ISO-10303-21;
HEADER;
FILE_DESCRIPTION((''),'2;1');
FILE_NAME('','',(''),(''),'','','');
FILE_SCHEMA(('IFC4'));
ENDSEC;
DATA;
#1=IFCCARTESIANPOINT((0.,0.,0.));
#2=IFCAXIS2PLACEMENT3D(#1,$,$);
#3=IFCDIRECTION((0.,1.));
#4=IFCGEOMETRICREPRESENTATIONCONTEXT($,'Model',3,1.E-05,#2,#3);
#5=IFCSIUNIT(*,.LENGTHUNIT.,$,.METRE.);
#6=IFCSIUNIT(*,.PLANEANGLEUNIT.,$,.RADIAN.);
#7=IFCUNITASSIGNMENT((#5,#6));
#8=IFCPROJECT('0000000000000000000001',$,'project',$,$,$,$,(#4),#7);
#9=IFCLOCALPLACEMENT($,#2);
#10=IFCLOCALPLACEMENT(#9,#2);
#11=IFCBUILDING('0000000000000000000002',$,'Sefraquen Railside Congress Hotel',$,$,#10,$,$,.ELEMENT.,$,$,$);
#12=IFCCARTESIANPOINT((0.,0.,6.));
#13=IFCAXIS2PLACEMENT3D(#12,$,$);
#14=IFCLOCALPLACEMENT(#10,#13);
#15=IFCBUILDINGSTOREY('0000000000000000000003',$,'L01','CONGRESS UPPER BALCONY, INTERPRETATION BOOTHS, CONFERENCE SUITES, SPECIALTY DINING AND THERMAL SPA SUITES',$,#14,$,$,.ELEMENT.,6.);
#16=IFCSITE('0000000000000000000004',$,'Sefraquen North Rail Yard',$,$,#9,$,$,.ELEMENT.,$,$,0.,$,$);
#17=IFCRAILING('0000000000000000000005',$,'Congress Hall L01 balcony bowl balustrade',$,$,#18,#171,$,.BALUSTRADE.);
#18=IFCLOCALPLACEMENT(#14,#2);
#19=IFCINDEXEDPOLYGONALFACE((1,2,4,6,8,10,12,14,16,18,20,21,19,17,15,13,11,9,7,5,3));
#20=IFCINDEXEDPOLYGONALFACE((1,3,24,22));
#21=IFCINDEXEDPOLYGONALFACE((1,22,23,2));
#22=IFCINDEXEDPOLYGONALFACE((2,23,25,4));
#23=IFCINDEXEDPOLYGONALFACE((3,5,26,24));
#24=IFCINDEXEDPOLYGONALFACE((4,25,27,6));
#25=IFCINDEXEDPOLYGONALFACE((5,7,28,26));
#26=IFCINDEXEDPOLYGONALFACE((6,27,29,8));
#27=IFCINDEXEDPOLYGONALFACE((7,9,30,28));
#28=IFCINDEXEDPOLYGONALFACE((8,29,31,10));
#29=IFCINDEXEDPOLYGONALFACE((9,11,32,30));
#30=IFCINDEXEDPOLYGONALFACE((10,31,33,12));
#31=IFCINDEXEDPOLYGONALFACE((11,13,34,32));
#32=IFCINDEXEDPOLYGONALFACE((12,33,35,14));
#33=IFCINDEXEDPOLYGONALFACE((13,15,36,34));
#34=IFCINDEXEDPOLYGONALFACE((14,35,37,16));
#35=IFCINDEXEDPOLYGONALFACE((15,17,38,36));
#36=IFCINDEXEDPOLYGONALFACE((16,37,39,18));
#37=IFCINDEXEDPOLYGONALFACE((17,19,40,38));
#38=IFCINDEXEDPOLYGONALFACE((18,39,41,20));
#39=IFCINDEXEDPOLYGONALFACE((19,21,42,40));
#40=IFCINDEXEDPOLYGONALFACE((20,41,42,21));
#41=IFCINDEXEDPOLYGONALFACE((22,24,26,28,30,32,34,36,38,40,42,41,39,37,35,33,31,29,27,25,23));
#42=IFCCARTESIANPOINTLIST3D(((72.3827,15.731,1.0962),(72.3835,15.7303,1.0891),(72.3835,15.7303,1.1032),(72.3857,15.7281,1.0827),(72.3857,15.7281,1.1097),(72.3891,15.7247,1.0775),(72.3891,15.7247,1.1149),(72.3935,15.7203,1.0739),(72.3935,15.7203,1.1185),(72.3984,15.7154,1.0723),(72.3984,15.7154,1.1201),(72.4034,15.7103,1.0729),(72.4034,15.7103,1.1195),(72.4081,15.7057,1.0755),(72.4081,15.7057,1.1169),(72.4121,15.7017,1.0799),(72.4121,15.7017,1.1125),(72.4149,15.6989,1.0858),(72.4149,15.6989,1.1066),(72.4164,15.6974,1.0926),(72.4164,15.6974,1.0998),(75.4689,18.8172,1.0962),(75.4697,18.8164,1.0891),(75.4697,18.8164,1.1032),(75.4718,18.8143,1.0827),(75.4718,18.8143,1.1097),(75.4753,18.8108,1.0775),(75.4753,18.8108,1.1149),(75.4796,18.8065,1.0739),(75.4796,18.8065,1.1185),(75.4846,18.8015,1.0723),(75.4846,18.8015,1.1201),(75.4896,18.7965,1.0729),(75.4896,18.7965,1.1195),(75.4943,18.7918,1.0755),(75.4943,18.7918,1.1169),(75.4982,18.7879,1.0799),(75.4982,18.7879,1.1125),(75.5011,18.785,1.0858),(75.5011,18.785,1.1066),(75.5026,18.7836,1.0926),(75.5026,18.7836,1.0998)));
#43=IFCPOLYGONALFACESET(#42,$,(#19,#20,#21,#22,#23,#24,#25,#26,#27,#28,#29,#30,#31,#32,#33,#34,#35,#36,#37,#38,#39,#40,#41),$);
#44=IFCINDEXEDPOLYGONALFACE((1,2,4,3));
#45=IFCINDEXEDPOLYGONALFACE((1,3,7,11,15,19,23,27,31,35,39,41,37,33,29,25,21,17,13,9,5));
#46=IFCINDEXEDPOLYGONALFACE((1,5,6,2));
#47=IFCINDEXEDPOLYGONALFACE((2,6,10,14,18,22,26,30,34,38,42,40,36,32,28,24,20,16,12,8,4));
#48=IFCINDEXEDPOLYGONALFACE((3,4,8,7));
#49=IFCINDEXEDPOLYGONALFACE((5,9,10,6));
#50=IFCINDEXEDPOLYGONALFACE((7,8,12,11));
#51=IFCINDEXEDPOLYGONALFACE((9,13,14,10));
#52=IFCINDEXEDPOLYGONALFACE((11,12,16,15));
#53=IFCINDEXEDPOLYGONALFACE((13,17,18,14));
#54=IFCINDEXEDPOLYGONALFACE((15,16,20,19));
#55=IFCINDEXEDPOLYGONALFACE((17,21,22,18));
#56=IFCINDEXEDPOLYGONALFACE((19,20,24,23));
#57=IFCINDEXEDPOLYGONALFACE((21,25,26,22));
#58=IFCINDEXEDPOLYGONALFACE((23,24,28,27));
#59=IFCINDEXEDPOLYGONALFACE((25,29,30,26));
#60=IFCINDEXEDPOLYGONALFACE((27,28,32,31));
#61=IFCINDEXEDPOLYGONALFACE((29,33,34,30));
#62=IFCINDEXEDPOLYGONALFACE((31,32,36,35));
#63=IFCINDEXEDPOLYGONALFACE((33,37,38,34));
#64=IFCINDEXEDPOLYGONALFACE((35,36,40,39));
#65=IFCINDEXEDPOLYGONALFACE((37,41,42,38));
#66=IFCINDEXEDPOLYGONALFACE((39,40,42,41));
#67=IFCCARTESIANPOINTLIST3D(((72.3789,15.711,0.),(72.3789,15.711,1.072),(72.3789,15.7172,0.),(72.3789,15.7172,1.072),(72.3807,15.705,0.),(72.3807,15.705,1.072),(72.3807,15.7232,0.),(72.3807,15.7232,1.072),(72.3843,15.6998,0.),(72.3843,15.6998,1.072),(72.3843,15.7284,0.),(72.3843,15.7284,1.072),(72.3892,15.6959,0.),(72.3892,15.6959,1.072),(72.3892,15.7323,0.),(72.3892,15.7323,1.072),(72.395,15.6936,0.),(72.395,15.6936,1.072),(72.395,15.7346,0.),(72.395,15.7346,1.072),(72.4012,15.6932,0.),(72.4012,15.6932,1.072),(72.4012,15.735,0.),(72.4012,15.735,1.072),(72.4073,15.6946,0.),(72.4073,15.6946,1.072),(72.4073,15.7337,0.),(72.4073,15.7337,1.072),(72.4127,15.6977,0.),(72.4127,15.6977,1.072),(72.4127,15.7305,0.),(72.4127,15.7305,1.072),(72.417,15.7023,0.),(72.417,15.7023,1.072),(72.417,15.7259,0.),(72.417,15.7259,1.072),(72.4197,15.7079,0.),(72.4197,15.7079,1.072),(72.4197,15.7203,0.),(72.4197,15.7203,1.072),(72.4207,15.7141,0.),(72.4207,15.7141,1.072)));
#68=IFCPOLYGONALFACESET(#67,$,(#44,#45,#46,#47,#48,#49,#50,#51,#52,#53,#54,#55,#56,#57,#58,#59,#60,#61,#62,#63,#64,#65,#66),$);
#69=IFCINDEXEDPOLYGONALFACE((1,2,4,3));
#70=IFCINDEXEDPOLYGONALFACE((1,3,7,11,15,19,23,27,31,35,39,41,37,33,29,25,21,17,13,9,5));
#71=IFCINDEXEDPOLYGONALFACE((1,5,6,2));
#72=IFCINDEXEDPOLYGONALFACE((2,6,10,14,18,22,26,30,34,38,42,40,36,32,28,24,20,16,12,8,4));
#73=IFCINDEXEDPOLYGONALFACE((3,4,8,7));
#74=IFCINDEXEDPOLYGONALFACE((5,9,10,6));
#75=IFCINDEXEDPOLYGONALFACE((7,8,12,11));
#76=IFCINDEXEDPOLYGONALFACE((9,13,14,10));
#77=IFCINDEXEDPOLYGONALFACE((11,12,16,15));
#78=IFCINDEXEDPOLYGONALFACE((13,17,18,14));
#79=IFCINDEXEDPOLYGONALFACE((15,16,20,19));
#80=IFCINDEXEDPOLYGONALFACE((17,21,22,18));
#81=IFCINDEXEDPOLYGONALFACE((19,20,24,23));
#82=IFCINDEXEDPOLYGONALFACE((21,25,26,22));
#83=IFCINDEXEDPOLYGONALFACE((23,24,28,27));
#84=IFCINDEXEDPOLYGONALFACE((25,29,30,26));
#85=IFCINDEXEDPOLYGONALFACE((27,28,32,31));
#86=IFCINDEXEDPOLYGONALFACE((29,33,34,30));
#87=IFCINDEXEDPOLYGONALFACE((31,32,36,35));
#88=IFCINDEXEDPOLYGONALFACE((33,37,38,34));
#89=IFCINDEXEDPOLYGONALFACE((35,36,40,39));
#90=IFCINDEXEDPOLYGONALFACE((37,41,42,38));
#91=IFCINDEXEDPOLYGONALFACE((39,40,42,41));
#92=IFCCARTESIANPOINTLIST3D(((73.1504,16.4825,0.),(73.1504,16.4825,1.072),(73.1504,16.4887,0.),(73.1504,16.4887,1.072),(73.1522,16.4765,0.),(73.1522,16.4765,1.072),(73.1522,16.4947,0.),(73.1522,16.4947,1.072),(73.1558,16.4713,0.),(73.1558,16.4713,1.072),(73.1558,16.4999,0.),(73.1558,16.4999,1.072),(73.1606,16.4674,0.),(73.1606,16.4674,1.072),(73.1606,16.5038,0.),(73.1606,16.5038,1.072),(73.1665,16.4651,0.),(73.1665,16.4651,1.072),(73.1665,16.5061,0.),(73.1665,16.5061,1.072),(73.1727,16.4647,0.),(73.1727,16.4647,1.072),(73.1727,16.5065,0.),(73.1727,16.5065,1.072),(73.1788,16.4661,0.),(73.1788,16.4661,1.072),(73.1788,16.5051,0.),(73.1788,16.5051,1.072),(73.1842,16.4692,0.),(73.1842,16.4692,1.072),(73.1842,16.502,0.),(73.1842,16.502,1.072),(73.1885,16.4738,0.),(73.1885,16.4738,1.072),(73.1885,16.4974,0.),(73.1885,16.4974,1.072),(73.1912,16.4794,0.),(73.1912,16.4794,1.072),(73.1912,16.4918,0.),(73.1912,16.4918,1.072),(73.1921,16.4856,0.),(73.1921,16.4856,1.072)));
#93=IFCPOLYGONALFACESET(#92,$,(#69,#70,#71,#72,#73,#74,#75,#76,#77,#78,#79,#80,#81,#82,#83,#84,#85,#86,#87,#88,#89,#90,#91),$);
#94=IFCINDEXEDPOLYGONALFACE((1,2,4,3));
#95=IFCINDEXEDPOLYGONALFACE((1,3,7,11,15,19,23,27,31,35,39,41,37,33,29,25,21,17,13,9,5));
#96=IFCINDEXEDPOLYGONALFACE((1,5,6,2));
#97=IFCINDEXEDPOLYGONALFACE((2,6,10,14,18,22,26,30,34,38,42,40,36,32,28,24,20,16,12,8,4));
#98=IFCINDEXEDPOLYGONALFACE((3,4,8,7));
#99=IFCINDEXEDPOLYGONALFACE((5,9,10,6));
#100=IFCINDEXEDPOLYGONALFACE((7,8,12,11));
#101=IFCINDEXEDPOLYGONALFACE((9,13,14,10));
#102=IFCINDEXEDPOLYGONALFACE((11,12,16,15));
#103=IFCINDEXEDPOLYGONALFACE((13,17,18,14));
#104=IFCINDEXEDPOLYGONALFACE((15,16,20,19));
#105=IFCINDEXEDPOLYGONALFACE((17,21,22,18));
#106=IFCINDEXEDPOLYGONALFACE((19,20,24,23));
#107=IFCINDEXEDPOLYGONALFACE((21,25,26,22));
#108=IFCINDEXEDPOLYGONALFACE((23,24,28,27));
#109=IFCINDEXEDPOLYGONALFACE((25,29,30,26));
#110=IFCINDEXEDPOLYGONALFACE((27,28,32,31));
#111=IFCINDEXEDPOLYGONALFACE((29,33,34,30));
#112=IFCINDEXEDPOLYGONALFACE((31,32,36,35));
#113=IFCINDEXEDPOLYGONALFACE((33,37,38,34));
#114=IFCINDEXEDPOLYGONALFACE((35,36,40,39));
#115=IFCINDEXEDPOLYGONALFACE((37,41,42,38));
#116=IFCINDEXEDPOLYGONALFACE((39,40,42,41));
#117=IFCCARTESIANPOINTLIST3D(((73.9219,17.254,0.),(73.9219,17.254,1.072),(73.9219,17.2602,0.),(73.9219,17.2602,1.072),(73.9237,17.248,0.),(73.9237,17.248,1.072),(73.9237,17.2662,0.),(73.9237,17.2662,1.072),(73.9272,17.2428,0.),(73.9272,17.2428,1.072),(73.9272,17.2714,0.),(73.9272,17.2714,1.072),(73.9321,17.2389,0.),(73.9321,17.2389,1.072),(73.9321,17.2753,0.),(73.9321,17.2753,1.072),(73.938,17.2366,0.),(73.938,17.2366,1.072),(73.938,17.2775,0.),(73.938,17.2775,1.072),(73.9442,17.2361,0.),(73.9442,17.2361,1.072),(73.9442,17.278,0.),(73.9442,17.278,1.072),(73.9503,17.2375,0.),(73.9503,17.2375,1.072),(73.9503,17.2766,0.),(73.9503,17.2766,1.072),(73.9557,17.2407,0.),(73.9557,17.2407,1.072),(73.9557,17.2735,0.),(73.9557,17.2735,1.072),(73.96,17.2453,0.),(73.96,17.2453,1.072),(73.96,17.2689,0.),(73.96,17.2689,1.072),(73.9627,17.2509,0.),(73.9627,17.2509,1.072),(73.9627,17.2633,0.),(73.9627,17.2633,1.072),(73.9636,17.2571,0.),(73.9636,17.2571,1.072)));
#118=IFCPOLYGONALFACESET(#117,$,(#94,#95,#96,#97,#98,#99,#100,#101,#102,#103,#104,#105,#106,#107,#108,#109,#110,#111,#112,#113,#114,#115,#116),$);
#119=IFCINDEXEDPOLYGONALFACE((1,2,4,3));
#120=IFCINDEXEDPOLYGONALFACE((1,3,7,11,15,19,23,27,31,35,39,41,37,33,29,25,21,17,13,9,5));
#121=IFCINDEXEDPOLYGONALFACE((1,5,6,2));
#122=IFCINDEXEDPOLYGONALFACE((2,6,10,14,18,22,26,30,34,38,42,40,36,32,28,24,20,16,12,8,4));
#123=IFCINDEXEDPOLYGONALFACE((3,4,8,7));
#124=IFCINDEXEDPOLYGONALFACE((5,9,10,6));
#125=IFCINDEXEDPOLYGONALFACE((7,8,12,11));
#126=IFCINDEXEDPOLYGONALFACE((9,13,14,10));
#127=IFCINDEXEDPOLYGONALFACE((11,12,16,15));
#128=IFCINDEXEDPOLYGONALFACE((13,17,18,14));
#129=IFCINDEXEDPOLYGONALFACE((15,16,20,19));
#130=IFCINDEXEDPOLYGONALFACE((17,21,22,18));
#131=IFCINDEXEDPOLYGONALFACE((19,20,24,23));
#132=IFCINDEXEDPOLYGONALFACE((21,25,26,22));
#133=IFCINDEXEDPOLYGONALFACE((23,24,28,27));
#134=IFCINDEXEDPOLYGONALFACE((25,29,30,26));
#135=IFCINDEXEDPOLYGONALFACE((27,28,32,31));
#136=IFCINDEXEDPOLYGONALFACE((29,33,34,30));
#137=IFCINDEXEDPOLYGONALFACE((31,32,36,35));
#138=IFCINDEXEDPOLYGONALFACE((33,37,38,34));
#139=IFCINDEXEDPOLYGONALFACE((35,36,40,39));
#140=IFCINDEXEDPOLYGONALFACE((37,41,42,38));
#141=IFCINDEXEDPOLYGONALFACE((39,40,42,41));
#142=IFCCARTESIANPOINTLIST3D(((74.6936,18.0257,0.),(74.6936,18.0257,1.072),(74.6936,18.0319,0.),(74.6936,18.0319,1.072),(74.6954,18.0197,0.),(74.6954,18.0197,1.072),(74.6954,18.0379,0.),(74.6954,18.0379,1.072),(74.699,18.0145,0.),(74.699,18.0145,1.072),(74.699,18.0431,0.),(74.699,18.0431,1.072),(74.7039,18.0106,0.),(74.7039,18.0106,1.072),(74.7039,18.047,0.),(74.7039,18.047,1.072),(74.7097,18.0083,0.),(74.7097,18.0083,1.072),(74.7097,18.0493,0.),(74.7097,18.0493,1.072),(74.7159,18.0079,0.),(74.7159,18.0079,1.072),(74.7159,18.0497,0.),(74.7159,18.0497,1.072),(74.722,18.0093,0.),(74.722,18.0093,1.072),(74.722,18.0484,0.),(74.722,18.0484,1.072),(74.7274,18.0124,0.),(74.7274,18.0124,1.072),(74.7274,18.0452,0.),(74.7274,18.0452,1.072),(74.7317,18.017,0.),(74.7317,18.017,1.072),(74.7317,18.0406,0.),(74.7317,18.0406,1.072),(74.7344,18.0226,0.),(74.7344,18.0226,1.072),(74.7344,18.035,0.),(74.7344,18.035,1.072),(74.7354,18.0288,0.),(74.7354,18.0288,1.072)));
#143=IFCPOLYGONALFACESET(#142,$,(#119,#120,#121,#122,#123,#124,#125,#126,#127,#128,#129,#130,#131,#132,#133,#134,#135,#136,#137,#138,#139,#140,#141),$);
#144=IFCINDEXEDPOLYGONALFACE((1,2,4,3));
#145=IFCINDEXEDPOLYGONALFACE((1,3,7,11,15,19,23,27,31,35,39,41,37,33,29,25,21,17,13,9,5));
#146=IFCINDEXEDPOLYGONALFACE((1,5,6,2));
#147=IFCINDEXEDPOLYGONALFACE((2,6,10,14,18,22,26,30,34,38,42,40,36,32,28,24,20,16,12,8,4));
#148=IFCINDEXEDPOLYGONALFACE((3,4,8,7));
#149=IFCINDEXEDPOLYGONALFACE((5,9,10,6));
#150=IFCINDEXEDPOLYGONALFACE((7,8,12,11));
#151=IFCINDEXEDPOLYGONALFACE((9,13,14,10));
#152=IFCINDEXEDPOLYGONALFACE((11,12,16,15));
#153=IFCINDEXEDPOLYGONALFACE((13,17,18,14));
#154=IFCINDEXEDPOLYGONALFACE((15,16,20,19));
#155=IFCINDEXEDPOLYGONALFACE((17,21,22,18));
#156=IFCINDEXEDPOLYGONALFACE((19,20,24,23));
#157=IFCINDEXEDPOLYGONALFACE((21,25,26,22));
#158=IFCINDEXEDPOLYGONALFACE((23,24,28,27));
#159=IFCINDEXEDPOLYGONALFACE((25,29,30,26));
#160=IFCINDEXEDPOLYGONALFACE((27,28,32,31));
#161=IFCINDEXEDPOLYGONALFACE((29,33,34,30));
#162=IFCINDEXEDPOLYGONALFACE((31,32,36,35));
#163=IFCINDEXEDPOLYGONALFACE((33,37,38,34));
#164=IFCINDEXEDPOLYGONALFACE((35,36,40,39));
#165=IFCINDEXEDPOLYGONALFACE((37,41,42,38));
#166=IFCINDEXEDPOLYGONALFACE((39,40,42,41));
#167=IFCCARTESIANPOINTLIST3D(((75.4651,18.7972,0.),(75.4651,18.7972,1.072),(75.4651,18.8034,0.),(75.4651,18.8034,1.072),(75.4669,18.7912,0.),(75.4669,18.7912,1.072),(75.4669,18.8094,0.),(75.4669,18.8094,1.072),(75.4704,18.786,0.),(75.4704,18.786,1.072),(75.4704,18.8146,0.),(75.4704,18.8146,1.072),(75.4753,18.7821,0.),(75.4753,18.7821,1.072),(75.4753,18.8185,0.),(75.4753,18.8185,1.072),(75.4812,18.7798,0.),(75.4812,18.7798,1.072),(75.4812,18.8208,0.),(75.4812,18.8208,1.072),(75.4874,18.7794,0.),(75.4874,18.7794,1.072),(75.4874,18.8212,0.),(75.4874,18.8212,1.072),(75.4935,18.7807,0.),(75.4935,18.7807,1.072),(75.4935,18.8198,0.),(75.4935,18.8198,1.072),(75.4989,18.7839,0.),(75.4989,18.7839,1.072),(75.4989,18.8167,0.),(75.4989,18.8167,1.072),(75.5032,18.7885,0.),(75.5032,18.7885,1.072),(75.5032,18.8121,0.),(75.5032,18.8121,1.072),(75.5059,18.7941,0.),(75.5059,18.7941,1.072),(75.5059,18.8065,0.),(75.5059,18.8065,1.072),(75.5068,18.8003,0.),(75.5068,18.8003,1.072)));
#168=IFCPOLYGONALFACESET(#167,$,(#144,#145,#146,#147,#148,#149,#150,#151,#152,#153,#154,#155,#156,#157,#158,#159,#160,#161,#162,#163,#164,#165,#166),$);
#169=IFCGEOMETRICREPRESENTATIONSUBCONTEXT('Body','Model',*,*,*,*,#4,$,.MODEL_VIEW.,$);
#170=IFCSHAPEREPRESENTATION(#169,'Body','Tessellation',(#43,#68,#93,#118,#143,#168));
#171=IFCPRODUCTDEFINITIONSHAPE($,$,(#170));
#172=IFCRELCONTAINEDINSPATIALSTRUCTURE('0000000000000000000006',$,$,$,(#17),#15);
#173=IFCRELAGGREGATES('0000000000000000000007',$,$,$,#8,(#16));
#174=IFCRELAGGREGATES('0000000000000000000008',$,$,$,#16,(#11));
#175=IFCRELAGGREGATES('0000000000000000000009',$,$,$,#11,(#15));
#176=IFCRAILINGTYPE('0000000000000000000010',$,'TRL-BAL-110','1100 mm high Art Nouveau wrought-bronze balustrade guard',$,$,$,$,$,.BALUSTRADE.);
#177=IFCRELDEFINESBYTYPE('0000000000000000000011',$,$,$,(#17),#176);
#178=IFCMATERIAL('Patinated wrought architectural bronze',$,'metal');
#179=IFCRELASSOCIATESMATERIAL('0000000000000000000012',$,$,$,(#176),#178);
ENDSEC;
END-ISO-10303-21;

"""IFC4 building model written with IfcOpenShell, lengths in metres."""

from ifc_helpers import new_model, si_unit, direction, frame, origin, origin_2d, place, context, subcontext, project, spatial, circle, extrude, material, type_object, element, save


model = new_model("IFC4")

# Units and contexts
model_context = context("Model", 3, precision=1e-05, world=origin(), true_north=direction((0.0, 1.0)))
body_context = subcontext(model_context, "Body", "Model", "MODEL_VIEW")
ifc_project = project(units=[si_unit("LENGTHUNIT", "METRE"), si_unit("PLANEANGLEUNIT", "RADIAN")], contexts=[model_context])

# Site, building, storey
site_placement = place(None, origin())
site = spatial("IfcSite", under=ifc_project, at=site_placement, Name="Sefraquen North Rail Yard", CompositionType="ELEMENT", RefElevation=0.0)
building_placement = place(site_placement, origin())
building = spatial("IfcBuilding", under=site, at=building_placement, Name="Sefraquen Railside Congress Hotel", CompositionType="ELEMENT")
storey_placement = place(building_placement, frame((0.0, 0.0, 6.0)))
storey = spatial("IfcBuildingStorey", under=building, at=storey_placement, Name="L01", Description="CONGRESS UPPER BALCONY, INTERPRETATION BOOTHS, CONFERENCE SUITES, SPECIALTY DINING AND THERMAL SPA SUITES", CompositionType="ELEMENT", Elevation=6.0)

# Railing
ifc_material_1 = material(Name="Patinated wrought architectural bronze", Category="metal")
railing_type = type_object("IfcRailingType", Name="TRL-BAL-110", Description="1100 mm high Art Nouveau wrought-bronze balustrade guard", PredefinedType="BALUSTRADE", material=ifc_material_1)
railing_1_placement = place(storey_placement, frame((72.3997, 15.7141, 0.0)))
element("IfcRailing", 1, at=railing_1_placement, inside=storey, type_object=railing_type, Name="Congress Hall L01 balcony bowl balustrade", PredefinedType="BALUSTRADE", context=body_context, shape_type="SweptSolid", body=[
    extrude(circle(Radius=0.0239, at=origin_2d()), frame((0.0, 0.0, 1.0962), z_axis=(0.707107, 0.707107, 0.0), x_axis=(-0.707107, 0.707107, 0.0)), (0.0, 0.0, 1.0), 4.3645),
    extrude(circle(Radius=0.021, at=origin_2d()), origin(), (0.0, 0.0, 1.0), 1.072),
    extrude(circle(Radius=0.021, at=origin_2d()), frame((0.7715, 0.7715, 0.0)), (0.0, 0.0, 1.0), 1.072),
    extrude(circle(Radius=0.021, at=origin_2d()), frame((1.543, 1.543, 0.0)), (0.0, 0.0, 1.0), 1.072),
    extrude(circle(Radius=0.021, at=origin_2d()), frame((2.3147, 2.3147, 0.0)), (0.0, 0.0, 1.0), 1.072),
    extrude(circle(Radius=0.021, at=origin_2d()), frame((3.0862, 3.0862, 0.0)), (0.0, 0.0, 1.0), 1.072),
])

save(model, "model.ifc")
